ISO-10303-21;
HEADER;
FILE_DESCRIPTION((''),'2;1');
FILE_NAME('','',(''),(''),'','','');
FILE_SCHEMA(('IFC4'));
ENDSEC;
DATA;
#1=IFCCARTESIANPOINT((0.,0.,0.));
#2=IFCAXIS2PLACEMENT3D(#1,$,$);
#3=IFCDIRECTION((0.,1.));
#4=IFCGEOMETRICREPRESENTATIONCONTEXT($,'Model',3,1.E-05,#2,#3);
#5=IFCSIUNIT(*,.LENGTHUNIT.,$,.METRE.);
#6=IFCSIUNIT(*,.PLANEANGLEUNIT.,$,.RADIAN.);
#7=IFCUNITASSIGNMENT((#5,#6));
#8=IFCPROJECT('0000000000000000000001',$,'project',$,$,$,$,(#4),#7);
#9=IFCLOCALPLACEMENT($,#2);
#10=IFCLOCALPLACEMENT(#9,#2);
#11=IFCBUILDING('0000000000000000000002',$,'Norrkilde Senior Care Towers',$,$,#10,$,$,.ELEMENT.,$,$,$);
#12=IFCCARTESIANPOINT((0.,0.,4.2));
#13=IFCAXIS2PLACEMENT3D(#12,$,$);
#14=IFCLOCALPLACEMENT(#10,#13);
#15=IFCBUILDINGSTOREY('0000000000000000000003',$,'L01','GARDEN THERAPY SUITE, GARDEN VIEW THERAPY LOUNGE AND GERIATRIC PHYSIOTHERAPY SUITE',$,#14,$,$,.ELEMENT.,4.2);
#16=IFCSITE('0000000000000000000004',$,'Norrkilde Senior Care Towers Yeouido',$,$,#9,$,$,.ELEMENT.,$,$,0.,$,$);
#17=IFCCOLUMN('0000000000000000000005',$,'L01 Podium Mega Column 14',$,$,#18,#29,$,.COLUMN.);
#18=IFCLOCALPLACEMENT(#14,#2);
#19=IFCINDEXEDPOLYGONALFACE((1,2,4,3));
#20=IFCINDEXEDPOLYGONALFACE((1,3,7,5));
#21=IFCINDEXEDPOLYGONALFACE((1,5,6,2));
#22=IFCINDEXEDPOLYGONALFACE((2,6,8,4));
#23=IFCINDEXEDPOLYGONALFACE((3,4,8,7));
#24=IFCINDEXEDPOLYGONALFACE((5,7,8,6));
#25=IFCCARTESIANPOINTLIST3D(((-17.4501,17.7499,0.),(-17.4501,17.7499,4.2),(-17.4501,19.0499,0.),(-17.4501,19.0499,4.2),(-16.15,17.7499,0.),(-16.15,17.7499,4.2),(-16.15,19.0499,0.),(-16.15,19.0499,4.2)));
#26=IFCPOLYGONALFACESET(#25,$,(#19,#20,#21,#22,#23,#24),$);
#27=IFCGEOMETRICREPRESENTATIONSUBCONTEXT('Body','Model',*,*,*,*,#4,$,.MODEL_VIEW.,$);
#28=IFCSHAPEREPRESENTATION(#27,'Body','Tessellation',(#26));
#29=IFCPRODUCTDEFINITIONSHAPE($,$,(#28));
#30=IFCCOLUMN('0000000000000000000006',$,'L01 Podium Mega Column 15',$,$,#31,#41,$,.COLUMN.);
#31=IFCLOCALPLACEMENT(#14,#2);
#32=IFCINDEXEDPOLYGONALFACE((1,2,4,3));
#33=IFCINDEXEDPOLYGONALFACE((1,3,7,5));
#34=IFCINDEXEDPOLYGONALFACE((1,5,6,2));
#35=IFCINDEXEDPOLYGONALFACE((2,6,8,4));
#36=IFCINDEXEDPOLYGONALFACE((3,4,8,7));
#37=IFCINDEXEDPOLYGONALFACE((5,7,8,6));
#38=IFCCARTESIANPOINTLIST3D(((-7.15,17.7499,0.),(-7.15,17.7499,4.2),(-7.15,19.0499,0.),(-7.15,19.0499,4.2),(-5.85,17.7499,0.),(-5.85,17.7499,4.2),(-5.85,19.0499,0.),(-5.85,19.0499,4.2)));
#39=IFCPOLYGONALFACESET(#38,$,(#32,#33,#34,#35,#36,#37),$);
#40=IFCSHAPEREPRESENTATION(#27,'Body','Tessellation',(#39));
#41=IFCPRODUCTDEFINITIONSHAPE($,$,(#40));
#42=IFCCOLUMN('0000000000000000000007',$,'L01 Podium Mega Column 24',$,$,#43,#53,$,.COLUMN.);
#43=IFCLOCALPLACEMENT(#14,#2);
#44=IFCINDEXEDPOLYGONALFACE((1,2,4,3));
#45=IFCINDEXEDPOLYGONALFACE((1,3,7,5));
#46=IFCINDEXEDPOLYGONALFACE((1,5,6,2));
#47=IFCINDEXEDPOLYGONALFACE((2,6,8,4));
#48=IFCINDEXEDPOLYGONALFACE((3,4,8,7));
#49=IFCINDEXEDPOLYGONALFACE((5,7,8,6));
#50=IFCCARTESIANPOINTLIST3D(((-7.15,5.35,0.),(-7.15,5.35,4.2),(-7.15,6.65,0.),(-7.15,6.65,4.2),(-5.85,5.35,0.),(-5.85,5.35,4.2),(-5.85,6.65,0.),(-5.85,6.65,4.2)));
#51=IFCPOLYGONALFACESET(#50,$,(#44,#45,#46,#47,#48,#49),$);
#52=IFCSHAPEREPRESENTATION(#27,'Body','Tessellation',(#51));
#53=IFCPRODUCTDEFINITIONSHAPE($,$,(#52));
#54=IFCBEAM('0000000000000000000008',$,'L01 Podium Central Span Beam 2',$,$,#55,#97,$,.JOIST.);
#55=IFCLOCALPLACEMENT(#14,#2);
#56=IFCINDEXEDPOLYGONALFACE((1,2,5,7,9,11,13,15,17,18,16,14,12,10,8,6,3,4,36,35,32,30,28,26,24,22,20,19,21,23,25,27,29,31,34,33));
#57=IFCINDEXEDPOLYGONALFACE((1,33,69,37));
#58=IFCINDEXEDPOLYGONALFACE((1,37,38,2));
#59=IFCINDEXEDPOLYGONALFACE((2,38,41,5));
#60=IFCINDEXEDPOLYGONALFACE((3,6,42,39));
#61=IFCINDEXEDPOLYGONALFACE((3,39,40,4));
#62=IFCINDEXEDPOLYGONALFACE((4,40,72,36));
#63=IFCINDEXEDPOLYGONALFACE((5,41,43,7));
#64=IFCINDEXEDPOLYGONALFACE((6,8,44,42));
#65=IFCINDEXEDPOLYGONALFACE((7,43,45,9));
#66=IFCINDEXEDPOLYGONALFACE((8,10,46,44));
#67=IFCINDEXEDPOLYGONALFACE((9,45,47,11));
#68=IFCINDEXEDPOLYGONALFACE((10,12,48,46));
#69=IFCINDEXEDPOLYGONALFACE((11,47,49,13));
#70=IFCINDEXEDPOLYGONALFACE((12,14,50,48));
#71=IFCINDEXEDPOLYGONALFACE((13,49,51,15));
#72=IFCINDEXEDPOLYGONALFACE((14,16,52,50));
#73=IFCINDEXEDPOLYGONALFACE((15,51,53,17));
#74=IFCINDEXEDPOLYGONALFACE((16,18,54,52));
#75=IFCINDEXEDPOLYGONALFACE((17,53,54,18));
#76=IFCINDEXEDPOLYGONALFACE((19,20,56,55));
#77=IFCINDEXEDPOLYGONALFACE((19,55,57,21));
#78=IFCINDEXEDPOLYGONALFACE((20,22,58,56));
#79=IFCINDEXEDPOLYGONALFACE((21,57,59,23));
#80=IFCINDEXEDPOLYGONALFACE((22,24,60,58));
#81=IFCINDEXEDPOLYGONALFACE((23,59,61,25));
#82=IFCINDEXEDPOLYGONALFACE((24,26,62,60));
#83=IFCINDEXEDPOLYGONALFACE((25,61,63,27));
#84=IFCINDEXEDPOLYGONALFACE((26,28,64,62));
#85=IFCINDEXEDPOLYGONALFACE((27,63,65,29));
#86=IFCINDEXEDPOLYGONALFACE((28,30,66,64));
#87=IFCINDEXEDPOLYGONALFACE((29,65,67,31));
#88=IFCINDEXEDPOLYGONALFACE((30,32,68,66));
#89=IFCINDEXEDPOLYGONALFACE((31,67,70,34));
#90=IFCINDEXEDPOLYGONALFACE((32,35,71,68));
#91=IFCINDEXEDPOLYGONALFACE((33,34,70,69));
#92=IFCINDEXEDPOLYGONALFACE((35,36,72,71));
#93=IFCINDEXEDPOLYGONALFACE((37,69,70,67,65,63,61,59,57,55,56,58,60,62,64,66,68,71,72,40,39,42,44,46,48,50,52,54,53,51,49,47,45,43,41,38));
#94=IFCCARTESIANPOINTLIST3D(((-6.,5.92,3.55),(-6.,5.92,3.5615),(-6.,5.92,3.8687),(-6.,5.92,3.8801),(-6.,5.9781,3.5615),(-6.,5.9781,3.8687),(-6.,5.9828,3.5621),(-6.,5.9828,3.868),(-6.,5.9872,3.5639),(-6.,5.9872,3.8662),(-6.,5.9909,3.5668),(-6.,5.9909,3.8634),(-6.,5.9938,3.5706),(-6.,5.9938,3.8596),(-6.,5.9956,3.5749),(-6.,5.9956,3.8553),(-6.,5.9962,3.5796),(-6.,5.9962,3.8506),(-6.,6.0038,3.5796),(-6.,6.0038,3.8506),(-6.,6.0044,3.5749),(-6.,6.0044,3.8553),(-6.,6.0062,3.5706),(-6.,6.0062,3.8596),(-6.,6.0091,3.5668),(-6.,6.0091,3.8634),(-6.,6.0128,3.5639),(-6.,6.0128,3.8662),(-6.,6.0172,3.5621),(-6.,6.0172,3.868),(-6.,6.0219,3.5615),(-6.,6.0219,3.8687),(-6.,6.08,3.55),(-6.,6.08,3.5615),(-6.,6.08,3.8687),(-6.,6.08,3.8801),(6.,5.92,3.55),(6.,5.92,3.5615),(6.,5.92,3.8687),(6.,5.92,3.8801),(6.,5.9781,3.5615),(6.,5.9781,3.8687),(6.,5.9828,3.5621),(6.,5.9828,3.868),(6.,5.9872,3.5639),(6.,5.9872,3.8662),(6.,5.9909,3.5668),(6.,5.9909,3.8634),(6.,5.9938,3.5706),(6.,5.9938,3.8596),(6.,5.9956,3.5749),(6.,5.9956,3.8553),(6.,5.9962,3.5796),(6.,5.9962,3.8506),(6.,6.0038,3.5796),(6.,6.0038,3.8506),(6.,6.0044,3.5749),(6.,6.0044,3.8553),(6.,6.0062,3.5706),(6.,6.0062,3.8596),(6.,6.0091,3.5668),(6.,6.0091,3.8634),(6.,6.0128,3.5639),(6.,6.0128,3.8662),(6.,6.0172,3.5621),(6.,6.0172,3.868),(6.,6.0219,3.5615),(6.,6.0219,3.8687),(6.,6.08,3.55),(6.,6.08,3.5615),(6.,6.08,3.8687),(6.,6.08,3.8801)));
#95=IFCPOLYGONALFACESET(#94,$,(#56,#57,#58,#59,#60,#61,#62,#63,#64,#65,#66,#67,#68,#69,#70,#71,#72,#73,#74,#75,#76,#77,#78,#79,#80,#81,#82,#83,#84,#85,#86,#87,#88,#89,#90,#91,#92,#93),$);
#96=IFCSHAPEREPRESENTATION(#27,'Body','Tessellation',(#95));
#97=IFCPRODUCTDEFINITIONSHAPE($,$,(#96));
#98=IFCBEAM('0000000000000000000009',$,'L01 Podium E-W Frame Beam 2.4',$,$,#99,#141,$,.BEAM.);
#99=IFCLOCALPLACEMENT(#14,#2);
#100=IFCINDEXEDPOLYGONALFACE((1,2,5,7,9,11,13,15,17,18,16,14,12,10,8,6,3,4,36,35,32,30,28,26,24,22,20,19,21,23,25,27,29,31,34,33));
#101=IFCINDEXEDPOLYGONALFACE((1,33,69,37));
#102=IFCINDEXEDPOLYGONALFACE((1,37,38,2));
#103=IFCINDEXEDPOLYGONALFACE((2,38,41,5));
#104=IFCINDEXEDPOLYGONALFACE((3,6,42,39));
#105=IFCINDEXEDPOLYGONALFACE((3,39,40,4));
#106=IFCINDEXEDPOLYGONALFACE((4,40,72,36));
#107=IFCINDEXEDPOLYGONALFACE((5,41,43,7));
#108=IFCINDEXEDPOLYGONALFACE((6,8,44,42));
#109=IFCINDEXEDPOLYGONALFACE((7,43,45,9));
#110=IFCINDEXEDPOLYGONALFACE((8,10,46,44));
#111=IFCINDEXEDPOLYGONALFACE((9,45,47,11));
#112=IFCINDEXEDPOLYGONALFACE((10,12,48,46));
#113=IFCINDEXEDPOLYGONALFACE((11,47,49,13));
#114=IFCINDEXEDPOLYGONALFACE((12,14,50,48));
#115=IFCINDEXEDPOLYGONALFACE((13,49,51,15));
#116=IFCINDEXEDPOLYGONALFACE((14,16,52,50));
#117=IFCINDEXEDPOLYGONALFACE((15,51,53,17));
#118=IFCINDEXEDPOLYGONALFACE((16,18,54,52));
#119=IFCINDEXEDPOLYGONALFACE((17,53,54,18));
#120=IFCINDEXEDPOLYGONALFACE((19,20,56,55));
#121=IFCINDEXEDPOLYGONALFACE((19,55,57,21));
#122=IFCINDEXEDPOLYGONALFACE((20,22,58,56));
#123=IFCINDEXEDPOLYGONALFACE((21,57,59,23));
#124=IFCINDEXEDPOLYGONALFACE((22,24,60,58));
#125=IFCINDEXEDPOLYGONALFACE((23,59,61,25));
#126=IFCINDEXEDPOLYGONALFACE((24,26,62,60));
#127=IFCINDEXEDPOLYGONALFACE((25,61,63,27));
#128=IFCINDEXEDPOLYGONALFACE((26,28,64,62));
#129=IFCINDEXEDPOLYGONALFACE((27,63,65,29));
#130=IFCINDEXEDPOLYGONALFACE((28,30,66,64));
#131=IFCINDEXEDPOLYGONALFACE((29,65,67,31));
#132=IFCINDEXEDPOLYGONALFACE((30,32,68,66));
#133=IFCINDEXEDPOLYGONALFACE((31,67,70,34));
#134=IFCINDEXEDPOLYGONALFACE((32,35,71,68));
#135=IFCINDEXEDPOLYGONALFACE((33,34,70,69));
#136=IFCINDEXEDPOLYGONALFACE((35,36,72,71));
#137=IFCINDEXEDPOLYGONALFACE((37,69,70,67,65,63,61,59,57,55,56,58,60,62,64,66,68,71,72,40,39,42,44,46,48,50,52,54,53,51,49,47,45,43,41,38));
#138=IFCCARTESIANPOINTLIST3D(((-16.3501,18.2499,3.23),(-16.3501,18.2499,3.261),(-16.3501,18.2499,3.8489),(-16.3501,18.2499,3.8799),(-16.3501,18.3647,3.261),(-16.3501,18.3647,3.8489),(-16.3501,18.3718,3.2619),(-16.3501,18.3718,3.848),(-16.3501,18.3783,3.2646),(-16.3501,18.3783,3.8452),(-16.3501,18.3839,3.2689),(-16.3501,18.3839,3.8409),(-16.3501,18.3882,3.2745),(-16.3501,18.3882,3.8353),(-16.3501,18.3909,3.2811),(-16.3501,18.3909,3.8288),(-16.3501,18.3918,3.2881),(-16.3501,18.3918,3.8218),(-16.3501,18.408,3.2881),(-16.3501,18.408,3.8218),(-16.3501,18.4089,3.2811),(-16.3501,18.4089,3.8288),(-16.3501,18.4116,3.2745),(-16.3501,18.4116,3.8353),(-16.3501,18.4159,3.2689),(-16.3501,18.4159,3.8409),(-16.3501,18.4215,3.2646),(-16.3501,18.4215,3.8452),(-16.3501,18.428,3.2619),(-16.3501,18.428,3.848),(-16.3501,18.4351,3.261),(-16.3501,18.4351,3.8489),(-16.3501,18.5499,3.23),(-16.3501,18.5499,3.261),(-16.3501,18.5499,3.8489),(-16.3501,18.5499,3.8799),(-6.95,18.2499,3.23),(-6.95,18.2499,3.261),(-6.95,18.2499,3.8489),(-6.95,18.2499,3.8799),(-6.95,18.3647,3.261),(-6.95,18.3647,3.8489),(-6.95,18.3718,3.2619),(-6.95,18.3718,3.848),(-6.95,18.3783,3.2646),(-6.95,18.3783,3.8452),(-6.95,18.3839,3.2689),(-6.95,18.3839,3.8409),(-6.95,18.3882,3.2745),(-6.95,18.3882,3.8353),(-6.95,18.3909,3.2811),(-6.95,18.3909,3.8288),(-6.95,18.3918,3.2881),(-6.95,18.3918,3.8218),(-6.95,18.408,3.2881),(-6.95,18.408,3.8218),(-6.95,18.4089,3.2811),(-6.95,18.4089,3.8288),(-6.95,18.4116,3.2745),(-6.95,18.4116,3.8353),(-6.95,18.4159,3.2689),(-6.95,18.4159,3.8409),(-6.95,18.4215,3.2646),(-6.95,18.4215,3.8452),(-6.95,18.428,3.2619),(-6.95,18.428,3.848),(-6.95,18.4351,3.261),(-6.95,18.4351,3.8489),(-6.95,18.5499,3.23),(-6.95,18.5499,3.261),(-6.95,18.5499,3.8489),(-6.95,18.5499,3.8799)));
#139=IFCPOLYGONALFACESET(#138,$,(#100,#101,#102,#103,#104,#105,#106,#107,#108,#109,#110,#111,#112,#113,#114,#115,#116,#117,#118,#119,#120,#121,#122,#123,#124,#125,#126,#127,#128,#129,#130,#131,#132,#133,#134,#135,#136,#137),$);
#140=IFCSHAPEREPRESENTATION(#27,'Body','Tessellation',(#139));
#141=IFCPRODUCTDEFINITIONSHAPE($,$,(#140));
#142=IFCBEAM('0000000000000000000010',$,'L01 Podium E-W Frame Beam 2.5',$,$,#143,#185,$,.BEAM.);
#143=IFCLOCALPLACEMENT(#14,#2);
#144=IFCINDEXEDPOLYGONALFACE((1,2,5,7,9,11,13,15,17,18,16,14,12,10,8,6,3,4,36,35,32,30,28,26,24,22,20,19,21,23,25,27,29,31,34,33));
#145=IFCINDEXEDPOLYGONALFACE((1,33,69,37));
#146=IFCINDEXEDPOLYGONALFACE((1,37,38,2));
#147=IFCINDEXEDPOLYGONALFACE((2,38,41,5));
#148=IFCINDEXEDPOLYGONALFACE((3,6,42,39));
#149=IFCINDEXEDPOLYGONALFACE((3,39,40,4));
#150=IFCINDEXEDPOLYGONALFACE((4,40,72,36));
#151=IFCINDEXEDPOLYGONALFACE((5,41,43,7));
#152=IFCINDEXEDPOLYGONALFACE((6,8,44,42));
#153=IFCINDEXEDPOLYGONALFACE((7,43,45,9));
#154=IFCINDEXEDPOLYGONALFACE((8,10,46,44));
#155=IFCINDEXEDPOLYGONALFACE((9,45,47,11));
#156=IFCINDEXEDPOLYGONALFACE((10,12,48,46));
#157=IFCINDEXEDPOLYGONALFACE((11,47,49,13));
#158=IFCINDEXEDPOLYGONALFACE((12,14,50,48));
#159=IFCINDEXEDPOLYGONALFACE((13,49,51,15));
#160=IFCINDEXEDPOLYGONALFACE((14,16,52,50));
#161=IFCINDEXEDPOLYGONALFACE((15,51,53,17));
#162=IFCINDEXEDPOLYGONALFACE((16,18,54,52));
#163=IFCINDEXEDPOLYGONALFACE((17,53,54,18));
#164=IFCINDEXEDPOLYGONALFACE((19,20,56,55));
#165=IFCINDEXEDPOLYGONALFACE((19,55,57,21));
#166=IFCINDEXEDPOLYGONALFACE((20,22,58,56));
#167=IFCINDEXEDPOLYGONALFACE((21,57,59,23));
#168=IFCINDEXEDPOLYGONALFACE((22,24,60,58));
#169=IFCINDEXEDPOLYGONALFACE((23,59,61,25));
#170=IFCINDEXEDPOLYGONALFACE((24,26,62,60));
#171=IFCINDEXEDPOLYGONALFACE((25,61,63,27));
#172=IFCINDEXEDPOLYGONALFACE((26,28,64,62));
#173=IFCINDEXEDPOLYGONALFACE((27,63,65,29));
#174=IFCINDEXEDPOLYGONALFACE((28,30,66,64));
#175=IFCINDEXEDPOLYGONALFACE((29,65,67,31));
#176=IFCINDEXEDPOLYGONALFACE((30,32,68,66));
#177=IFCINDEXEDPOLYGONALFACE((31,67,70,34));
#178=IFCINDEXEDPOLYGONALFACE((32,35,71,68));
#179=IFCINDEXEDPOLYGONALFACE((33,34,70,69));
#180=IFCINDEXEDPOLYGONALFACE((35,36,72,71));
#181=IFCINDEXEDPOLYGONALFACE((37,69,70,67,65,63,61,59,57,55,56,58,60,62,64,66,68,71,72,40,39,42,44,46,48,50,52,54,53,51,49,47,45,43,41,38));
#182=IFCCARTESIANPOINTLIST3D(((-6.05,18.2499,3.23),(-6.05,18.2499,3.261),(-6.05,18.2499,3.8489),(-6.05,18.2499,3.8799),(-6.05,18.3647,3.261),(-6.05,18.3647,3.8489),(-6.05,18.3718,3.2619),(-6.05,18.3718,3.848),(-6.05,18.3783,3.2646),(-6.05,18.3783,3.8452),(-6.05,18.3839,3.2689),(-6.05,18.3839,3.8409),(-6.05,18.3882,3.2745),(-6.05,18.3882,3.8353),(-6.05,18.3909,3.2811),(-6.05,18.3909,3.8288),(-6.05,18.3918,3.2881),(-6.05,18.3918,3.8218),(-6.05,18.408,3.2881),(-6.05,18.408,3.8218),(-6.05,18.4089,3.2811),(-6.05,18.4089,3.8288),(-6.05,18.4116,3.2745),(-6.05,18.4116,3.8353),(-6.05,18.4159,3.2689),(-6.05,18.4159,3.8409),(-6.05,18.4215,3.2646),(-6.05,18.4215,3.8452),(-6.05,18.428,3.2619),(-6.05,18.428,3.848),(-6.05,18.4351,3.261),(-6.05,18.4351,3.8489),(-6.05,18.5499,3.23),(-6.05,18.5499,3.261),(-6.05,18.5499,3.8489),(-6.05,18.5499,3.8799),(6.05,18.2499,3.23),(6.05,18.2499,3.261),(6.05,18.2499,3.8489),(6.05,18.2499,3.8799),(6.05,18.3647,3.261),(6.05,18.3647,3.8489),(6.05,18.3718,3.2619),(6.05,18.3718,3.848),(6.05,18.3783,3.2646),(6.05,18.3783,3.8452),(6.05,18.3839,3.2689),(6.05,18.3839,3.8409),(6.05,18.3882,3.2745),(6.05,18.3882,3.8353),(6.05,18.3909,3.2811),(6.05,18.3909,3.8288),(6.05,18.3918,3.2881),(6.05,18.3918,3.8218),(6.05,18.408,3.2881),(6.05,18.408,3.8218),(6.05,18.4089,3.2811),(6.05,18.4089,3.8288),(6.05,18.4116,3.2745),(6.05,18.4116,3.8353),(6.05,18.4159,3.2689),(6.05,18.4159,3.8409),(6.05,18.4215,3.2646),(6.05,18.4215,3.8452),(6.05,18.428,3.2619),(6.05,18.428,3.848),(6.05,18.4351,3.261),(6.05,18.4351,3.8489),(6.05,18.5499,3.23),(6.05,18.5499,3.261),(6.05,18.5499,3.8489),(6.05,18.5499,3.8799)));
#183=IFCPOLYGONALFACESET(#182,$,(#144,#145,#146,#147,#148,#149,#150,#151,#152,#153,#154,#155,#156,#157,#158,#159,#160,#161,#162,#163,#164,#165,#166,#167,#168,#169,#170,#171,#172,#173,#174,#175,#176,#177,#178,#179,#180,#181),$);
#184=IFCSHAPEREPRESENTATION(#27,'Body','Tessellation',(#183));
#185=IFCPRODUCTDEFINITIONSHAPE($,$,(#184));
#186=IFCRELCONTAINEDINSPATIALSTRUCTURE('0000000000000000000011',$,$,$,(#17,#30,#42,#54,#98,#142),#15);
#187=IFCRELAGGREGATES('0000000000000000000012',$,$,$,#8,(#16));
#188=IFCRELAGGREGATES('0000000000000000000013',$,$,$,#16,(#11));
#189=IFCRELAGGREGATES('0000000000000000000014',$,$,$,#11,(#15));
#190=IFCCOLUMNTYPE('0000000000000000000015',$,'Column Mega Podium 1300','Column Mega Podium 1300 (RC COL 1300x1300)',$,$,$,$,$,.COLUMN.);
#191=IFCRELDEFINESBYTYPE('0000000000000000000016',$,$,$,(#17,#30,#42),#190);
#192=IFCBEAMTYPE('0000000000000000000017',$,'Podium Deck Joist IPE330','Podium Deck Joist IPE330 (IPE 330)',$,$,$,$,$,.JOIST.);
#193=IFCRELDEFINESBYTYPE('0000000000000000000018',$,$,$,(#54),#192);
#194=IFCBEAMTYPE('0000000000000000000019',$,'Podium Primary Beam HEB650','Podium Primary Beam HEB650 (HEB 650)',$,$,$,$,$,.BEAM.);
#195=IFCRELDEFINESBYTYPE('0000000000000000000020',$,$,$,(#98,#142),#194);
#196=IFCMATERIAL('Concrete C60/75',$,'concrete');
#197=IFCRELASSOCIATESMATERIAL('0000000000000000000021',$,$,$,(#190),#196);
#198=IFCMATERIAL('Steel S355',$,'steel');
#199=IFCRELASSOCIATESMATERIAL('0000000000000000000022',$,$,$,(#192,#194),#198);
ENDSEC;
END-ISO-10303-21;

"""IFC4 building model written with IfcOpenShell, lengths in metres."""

from ifc_helpers import new_model, si_unit, direction, frame, origin, origin_2d, place, context, subcontext, project, spatial, rectangle, i_section, extrude, source, transform, mapped, material, material_profile, profile_set, type_object, type_shapes, element, save


model = new_model("IFC4")

# Units and contexts
model_context = context("Model", 3, precision=1e-05, world=origin(), true_north=direction((0.0, 1.0)))
body_context = subcontext(model_context, "Body", "Model", "MODEL_VIEW")
ifc_project = project(units=[si_unit("LENGTHUNIT", "METRE"), si_unit("PLANEANGLEUNIT", "RADIAN")], contexts=[model_context])

# Site, building, storey
site_placement = place(None, origin())
site = spatial("IfcSite", under=ifc_project, at=site_placement, Name="Norrkilde Senior Care Towers Yeouido", CompositionType="ELEMENT", RefElevation=0.0)
building_placement = place(site_placement, origin())
building = spatial("IfcBuilding", under=site, at=building_placement, Name="Norrkilde Senior Care Towers", CompositionType="ELEMENT")
storey_placement = place(building_placement, frame((0.0, 0.0, 4.2)))
storey = spatial("IfcBuildingStorey", under=building, at=storey_placement, Name="L01", Description="GARDEN THERAPY SUITE, GARDEN VIEW THERAPY LOUNGE AND GERIATRIC PHYSIOTHERAPY SUITE", CompositionType="ELEMENT", Elevation=4.2)

# Columns
ifc_material_1 = material(Name="Concrete C60/75", Category="concrete")
ifc_material_profile_1 = material_profile(ifc_material_1, rectangle(XDim=1.3, YDim=1.3, at=origin_2d()), Name="RC COL 1300x1300")
ifc_profile_set_1 = profile_set([ifc_material_profile_1], Name="Concrete C60/75")
column_type = type_object("IfcColumnType", Name="Column Mega Podium 1300", Description="Column Mega Podium 1300 (RC COL 1300x1300)", PredefinedType="COLUMN", material=ifc_profile_set_1)
shared_shape_1 = source(origin(), body_context, "Body", "SweptSolid", [
    extrude(rectangle(XDim=1.3, YDim=1.3, at=origin_2d()), origin(), (0.0, 0.0, 1.0), 4.2),
])
type_shapes(column_type, [shared_shape_1])
for number, where, z_axis, x_axis, name in (
    (1, (-16.8, 18.3999, 0.0), (0.0, 0.0, 1.0), (1.0, 0.0, 0.0), "L01 Podium Mega Column 14"),
    (2, (-6.5, 18.3999, 0.0), (0.0, 0.0, 1.0), (1.0, 0.0, 0.0), "L01 Podium Mega Column 15"),
    (3, (-6.5, 6.0, 0.0), (0.0, 0.0, 1.0), (1.0, 0.0, 0.0), "L01 Podium Mega Column 24"),
):
    element("IfcColumn", number, at=place(storey_placement, frame(where, z_axis=z_axis, x_axis=x_axis)), inside=storey, type_object=column_type, Name=name, PredefinedType="COLUMN", context=body_context, shape_type="MappedRepresentation", body=[
        mapped(shared_shape_1, transform((0.0, 0.0, 0.0), x_axis=(1.0, 0.0, 0.0), y_axis=(0.0, 1.0, 0.0), z_axis=(0.0, 0.0, 1.0), scale=1.0)),
    ])

# Beams
ifc_material_2 = material(Name="Steel S355", Category="steel")
ifc_material_profile_2 = material_profile(ifc_material_2, i_section(OverallWidth=0.1599, OverallDepth=0.3301, WebThickness=0.0076, FlangeThickness=0.0115, FilletRadius=0.0181, at=origin_2d()), Name="IPE 330")
ifc_profile_set_2 = profile_set([ifc_material_profile_2], Name="Steel S355")
beam_type_1 = type_object("IfcBeamType", Name="Podium Deck Joist IPE330", Description="Podium Deck Joist IPE330 (IPE 330)", PredefinedType="JOIST", material=ifc_profile_set_2)
shared_shape_2 = source(origin(), body_context, "Body", "SweptSolid", [
    extrude(i_section(OverallWidth=0.1599, OverallDepth=0.3301, WebThickness=0.0076, FlangeThickness=0.0115, FilletRadius=0.0181, at=origin_2d()), origin(), (0.0, 0.0, 1.0), 12.0),
])
type_shapes(beam_type_1, [shared_shape_2])
beam_1_placement = place(storey_placement, frame((-6.0, 6.0, 3.7151), z_axis=(1.0, 0.0, 0.0), x_axis=(0.0, 1.0, 0.0)))
element("IfcBeam", 4, at=beam_1_placement, inside=storey, type_object=beam_type_1, Name="L01 Podium Central Span Beam 2", PredefinedType="JOIST", context=body_context, shape_type="MappedRepresentation", body=[
    mapped(shared_shape_2, transform((0.0, 0.0, 0.0), x_axis=(1.0, 0.0, 0.0), y_axis=(0.0, 1.0, 0.0), z_axis=(0.0, 0.0, 1.0), scale=1.0)),
])
ifc_material_profile_3 = material_profile(ifc_material_2, i_section(OverallWidth=0.3, OverallDepth=0.6499, WebThickness=0.0161, FlangeThickness=0.031, FilletRadius=0.0271, at=origin_2d()), Name="HEB 650")
ifc_profile_set_3 = profile_set([ifc_material_profile_3], Name="Steel S355")
beam_type_2 = type_object("IfcBeamType", Name="Podium Primary Beam HEB650", Description="Podium Primary Beam HEB650 (HEB 650)", PredefinedType="BEAM", material=ifc_profile_set_3)
shared_shape_3 = source(origin(), body_context, "Body", "SweptSolid", [
    extrude(i_section(OverallWidth=0.3, OverallDepth=0.6499, WebThickness=0.0161, FlangeThickness=0.031, FilletRadius=0.0271, at=origin_2d()), origin(), (0.0, 0.0, 1.0), 9.4001),
])
beam_2_placement = place(storey_placement, frame((-16.3501, 18.3999, 3.5549), z_axis=(1.0, 0.0, 0.0), x_axis=(0.0, 1.0, 0.0)))
element("IfcBeam", 5, at=beam_2_placement, inside=storey, type_object=beam_type_2, Name="L01 Podium E-W Frame Beam 2.4", PredefinedType="BEAM", context=body_context, shape_type="MappedRepresentation", body=[
    mapped(shared_shape_3, transform((0.0, 0.0, 0.0), x_axis=(1.0, 0.0, 0.0), y_axis=(0.0, 1.0, 0.0), z_axis=(0.0, 0.0, 1.0), scale=1.0)),
])
shared_shape_4 = source(origin(), body_context, "Body", "SweptSolid", [
    extrude(i_section(OverallWidth=0.3, OverallDepth=0.6499, WebThickness=0.0161, FlangeThickness=0.031, FilletRadius=0.0271, at=origin_2d()), origin(), (0.0, 0.0, 1.0), 12.1001),
])
beam_3_placement = place(storey_placement, frame((-6.05, 18.3999, 3.5549), z_axis=(1.0, 0.0, 0.0), x_axis=(0.0, 1.0, 0.0)))
element("IfcBeam", 6, at=beam_3_placement, inside=storey, type_object=beam_type_2, Name="L01 Podium E-W Frame Beam 2.5", PredefinedType="BEAM", context=body_context, shape_type="MappedRepresentation", body=[
    mapped(shared_shape_4, transform((0.0, 0.0, 0.0), x_axis=(1.0, 0.0, 0.0), y_axis=(0.0, 1.0, 0.0), z_axis=(0.0, 0.0, 1.0), scale=1.0)),
])

save(model, "model.ifc")
